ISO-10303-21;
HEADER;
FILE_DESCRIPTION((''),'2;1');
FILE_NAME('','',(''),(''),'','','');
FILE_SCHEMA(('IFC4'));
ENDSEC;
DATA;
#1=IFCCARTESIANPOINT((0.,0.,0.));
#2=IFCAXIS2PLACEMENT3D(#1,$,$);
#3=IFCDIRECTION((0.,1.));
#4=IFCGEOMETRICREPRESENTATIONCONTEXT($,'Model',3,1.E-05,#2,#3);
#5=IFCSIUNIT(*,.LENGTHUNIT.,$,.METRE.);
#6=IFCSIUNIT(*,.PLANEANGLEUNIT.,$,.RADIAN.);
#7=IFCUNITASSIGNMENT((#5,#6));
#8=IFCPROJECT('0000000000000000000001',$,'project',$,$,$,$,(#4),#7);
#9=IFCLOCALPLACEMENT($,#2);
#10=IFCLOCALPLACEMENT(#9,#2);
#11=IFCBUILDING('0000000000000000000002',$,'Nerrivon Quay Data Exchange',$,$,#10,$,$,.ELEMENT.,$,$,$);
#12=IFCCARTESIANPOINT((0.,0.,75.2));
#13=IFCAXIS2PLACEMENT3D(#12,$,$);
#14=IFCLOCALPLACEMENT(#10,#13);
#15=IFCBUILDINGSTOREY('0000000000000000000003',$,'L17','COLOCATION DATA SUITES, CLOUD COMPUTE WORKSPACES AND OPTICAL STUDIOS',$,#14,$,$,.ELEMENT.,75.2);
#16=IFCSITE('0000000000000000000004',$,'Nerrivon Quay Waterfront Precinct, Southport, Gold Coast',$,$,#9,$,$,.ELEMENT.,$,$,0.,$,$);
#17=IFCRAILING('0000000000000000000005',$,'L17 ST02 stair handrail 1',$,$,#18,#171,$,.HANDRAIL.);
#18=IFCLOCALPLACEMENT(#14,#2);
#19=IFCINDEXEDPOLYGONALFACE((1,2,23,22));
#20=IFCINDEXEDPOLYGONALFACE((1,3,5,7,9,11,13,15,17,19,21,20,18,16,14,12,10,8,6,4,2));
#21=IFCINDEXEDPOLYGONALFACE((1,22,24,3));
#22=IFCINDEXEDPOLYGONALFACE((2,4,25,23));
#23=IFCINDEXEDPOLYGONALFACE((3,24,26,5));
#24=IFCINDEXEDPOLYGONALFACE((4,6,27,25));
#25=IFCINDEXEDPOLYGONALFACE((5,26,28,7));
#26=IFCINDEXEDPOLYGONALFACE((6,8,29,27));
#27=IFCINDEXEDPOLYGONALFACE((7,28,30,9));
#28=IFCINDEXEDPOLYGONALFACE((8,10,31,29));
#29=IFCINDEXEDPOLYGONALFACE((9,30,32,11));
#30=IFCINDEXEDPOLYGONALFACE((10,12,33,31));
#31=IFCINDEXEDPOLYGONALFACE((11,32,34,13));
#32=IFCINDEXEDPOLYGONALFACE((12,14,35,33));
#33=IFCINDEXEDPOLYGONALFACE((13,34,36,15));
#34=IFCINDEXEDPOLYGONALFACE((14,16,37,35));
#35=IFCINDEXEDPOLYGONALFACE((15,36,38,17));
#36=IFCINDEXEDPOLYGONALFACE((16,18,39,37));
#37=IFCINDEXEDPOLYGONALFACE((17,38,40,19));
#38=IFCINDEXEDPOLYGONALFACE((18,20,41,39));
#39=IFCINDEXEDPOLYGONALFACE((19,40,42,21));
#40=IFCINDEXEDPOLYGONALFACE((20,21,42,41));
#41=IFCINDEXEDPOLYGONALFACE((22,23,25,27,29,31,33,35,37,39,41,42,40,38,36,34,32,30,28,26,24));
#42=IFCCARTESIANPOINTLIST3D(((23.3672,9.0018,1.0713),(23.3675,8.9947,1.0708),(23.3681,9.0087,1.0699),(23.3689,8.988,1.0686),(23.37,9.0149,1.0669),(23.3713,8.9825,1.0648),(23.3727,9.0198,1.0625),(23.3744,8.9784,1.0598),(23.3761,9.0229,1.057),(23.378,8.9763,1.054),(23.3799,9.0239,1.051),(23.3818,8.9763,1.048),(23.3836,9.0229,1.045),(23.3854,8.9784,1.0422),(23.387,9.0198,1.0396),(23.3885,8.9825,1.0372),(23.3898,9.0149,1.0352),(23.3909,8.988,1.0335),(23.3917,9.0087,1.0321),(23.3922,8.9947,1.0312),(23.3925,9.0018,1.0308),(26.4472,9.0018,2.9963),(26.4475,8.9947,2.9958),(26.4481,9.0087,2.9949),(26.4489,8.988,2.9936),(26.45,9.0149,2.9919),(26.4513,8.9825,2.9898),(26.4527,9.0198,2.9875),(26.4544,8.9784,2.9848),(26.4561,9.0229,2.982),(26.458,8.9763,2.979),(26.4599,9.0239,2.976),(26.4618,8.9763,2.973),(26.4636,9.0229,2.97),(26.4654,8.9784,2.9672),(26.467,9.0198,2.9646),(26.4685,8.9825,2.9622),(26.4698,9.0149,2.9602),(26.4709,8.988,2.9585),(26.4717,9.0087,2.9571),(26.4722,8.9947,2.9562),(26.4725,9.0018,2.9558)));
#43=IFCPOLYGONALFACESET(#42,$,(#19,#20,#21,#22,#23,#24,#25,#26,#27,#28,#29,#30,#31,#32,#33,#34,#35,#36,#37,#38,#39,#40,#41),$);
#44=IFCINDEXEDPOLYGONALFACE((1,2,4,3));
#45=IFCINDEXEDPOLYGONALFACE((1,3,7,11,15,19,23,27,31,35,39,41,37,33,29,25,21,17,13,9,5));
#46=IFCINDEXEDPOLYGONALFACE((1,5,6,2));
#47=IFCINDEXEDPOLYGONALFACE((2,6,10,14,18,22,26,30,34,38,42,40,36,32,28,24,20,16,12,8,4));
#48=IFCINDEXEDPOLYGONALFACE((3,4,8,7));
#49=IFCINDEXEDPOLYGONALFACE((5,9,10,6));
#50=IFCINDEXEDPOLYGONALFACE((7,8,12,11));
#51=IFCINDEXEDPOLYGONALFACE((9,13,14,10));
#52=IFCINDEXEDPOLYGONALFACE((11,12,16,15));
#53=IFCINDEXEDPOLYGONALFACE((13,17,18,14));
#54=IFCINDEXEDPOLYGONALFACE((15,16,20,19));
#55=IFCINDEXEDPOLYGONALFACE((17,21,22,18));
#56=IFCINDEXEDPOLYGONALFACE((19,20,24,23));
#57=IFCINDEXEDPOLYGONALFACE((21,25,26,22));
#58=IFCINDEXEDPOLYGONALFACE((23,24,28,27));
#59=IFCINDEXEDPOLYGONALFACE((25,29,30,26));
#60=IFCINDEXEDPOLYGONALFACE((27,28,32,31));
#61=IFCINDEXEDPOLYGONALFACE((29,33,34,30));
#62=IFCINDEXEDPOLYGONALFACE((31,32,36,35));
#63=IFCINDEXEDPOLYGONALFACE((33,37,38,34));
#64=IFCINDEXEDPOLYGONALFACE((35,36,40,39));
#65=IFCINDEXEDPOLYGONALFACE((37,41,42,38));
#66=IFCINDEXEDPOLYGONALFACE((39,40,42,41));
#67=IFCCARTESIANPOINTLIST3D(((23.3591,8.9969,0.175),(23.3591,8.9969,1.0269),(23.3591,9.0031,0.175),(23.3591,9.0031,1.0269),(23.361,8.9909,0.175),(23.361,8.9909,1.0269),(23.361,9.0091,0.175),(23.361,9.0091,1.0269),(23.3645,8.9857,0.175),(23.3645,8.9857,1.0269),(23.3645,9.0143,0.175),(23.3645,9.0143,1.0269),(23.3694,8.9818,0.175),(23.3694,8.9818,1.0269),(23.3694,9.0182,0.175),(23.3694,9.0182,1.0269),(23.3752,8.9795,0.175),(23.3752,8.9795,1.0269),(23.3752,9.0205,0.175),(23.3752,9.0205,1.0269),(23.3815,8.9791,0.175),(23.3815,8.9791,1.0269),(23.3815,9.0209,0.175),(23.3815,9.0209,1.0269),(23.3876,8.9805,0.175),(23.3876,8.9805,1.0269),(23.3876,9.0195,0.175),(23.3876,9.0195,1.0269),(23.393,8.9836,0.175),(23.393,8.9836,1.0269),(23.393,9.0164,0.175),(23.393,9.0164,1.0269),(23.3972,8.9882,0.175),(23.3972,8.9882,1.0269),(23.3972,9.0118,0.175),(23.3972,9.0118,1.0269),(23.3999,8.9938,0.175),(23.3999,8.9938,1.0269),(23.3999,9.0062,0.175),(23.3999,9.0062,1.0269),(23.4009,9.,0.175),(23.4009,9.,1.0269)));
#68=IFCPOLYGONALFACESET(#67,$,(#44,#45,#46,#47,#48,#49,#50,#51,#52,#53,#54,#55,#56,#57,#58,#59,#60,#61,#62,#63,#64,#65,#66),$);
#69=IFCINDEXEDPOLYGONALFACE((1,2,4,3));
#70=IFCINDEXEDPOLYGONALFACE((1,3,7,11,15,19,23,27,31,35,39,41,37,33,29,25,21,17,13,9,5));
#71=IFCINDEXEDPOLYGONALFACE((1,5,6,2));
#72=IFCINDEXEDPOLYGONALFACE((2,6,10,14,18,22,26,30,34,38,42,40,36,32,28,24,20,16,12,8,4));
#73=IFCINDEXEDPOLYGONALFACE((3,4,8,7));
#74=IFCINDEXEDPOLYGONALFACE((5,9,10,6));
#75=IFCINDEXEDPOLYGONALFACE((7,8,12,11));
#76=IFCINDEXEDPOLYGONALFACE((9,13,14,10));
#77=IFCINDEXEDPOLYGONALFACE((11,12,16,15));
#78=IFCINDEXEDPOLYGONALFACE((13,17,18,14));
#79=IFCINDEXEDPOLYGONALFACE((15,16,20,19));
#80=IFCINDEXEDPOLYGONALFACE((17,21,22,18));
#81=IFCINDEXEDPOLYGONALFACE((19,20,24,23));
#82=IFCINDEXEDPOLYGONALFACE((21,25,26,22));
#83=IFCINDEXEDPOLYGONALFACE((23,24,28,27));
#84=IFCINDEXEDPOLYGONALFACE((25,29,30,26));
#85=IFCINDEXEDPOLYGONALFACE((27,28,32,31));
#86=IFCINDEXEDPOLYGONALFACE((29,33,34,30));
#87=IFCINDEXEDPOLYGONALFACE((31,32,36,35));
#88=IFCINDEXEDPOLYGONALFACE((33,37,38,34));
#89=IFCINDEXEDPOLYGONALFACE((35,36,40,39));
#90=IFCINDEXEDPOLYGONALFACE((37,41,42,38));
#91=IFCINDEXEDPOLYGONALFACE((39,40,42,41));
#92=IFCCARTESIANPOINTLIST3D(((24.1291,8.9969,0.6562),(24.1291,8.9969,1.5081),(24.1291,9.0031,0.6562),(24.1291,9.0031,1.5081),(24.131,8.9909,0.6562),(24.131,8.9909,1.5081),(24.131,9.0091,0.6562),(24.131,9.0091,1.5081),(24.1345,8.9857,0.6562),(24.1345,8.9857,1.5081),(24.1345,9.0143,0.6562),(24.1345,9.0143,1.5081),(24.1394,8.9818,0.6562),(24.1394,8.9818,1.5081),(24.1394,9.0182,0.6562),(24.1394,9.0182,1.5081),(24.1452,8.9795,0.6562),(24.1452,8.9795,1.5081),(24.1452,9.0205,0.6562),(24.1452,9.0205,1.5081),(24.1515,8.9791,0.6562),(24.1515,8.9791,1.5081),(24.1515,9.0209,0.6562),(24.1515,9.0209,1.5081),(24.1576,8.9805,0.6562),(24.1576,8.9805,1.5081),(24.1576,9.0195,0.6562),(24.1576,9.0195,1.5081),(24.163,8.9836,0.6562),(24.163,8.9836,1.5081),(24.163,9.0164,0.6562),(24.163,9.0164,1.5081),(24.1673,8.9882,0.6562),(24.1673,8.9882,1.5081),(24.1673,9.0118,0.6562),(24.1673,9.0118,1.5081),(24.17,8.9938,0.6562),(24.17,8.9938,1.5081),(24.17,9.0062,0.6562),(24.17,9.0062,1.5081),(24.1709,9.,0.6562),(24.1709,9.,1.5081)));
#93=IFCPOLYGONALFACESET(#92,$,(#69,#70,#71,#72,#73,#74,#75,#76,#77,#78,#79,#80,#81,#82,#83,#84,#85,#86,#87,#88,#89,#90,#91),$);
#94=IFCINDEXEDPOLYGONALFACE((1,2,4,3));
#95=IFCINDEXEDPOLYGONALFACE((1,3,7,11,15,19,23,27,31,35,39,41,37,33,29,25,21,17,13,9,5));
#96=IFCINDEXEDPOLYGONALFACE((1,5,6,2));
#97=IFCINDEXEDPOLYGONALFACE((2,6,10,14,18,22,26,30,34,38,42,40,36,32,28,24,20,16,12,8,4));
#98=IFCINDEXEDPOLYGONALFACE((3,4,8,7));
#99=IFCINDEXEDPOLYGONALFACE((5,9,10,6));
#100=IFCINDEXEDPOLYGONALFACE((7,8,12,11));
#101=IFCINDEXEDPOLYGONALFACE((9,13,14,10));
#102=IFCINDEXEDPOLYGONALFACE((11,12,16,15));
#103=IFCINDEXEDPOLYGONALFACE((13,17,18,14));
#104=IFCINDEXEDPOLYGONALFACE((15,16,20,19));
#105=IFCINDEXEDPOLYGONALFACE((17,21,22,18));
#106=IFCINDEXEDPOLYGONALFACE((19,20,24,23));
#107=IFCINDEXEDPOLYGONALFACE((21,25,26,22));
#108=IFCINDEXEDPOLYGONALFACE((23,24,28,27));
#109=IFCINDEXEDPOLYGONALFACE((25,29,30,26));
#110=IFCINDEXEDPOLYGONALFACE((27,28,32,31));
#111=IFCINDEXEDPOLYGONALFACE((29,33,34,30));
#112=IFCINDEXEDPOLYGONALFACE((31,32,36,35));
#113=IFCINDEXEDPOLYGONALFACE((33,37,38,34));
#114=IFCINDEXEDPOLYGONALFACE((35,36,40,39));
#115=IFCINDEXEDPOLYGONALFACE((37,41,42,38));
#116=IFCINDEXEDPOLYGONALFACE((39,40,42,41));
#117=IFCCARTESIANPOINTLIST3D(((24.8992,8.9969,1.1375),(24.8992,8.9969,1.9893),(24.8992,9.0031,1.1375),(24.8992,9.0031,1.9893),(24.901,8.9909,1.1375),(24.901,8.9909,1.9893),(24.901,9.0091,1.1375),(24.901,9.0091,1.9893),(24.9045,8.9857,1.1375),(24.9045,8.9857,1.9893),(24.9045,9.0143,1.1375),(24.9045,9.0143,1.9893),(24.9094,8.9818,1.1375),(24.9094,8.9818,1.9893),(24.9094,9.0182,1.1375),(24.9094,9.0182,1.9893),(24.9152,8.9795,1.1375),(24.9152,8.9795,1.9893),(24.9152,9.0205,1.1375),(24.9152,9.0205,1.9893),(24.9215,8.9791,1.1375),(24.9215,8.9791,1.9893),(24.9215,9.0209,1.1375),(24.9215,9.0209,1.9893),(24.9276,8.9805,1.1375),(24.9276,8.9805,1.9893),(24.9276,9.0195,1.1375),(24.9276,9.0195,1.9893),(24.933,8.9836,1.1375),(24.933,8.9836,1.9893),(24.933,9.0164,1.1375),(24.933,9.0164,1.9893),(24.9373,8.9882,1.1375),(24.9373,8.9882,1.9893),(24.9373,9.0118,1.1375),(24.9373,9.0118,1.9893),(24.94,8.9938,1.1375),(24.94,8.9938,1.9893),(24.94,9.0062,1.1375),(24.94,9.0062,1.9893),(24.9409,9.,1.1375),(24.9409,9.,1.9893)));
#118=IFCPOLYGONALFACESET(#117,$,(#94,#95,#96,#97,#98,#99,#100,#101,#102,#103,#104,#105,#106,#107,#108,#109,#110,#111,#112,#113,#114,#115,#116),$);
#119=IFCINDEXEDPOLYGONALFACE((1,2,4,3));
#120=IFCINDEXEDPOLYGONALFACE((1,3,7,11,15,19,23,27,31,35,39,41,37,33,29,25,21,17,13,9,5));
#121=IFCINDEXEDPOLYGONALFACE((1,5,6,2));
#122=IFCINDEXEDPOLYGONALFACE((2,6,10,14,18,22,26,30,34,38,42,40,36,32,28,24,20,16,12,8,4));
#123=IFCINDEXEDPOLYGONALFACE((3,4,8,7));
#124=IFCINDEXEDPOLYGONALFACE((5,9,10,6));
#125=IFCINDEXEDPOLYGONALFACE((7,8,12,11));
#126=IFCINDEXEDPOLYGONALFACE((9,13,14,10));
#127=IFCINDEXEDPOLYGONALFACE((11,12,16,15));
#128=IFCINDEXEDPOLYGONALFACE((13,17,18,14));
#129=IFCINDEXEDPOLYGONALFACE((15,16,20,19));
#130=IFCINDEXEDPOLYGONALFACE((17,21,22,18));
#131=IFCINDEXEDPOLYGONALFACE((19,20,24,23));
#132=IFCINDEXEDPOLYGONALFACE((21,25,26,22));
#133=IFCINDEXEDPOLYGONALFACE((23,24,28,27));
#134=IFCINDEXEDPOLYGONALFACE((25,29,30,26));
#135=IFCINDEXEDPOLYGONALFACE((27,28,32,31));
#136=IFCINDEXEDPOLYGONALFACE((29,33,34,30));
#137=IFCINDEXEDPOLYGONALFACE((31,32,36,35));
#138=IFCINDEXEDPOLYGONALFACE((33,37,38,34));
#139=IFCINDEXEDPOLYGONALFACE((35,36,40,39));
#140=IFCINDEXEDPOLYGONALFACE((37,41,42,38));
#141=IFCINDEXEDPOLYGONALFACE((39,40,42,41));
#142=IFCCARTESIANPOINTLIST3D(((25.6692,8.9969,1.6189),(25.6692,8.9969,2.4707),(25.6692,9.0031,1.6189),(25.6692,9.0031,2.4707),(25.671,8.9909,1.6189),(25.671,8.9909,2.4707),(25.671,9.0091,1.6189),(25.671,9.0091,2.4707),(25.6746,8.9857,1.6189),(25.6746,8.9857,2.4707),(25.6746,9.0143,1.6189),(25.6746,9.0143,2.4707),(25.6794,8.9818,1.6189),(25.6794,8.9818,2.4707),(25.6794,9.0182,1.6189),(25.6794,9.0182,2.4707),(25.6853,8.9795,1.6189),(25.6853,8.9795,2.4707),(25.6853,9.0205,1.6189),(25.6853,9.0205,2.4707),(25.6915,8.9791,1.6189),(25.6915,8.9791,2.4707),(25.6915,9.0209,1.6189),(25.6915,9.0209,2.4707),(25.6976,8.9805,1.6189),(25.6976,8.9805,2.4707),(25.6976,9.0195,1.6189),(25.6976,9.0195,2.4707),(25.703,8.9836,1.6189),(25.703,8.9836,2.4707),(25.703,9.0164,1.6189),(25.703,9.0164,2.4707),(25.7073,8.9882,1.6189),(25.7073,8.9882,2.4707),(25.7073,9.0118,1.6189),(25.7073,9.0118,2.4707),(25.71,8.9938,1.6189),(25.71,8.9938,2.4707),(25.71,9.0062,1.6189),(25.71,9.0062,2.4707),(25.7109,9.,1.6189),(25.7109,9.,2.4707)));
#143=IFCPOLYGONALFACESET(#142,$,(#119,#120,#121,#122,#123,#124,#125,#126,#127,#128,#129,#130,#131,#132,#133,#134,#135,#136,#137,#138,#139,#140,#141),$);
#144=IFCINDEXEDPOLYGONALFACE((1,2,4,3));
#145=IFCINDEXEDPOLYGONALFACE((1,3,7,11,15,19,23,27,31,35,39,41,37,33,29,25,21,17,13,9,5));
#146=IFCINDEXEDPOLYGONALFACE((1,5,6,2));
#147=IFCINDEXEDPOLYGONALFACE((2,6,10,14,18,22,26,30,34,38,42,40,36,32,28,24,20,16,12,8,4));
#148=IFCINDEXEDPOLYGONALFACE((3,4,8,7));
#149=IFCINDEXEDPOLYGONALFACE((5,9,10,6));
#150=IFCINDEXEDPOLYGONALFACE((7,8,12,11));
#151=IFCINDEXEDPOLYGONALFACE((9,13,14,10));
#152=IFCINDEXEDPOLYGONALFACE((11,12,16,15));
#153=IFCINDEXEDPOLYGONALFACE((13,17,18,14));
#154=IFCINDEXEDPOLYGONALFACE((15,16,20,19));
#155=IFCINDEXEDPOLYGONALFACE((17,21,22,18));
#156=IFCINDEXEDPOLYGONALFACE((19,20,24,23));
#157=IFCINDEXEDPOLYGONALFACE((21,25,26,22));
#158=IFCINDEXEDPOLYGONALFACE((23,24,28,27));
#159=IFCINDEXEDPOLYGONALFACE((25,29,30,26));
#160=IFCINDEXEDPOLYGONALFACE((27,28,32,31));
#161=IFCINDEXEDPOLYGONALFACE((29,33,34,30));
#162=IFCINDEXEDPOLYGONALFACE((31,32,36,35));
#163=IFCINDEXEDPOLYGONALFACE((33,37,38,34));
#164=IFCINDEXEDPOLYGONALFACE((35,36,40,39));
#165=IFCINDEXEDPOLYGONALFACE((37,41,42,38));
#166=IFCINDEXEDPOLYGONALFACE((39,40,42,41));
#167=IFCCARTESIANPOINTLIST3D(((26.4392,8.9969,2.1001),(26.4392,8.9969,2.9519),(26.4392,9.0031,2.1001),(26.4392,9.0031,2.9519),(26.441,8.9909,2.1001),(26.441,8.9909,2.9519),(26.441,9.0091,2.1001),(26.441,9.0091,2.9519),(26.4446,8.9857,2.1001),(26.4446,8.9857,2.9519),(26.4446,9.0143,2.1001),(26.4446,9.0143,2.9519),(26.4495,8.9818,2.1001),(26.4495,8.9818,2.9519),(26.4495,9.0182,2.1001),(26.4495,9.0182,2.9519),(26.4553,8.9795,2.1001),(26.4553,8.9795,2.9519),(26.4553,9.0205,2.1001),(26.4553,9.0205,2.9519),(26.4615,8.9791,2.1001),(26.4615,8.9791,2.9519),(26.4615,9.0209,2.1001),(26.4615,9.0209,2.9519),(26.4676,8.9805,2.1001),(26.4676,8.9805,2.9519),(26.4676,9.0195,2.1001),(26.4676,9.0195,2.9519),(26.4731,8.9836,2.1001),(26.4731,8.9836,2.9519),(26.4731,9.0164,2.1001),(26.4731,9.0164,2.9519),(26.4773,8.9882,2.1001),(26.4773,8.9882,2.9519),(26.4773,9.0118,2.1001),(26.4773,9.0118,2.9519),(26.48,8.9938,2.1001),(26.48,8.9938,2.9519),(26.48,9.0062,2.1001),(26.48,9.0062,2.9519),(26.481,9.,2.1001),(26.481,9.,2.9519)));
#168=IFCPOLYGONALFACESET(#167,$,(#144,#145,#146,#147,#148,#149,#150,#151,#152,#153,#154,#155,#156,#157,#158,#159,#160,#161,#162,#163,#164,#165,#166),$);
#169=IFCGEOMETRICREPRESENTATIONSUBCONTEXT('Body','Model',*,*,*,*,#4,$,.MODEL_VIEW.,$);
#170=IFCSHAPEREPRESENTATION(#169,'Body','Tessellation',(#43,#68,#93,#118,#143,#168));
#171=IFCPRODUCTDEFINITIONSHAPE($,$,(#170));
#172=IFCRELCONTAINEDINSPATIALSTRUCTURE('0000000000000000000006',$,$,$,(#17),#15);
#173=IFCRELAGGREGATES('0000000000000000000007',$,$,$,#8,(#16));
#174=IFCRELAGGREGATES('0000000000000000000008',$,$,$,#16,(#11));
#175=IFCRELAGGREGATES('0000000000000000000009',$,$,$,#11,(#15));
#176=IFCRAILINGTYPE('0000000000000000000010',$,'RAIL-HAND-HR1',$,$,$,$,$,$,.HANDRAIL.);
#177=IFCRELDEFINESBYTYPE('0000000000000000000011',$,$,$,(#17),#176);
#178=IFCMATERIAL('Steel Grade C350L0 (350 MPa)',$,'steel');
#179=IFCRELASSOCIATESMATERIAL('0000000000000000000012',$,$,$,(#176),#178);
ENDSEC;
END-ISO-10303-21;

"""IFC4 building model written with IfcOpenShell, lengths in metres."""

from ifc_helpers import new_model, si_unit, direction, frame, origin, origin_2d, place, context, subcontext, project, spatial, circle, extrude, material, type_object, element, save


model = new_model("IFC4")

# Units and contexts
model_context = context("Model", 3, precision=1e-05, world=origin(), true_north=direction((0.0, 1.0)))
body_context = subcontext(model_context, "Body", "Model", "MODEL_VIEW")
ifc_project = project(units=[si_unit("LENGTHUNIT", "METRE"), si_unit("PLANEANGLEUNIT", "RADIAN")], contexts=[model_context])

# Site, building, storey
site_placement = place(None, origin())
site = spatial("IfcSite", under=ifc_project, at=site_placement, Name="Nerrivon Quay Waterfront Precinct, Southport, Gold Coast", CompositionType="ELEMENT", RefElevation=0.0)
building_placement = place(site_placement, origin())
building = spatial("IfcBuilding", under=site, at=building_placement, Name="Nerrivon Quay Data Exchange", CompositionType="ELEMENT")
storey_placement = place(building_placement, frame((0.0, 0.0, 75.2)))
storey = spatial("IfcBuildingStorey", under=building, at=storey_placement, Name="L17", Description="COLOCATION DATA SUITES, CLOUD COMPUTE WORKSPACES AND OPTICAL STUDIOS", CompositionType="ELEMENT", Elevation=75.2)

# Railing
ifc_material_1 = material(Name="Steel Grade C350L0 (350 MPa)", Category="steel")
railing_type_1 = type_object("IfcRailingType", Name="RAIL-HAND-HR1", PredefinedType="HANDRAIL", material=ifc_material_1)
railing_1_placement = place(storey_placement, frame((23.3799, 9.0, 0.175)))
element("IfcRailing", 1, at=railing_1_placement, inside=storey, type_object=railing_type_1, Name="L17 ST02 stair handrail 1", PredefinedType="HANDRAIL", context=body_context, shape_type="SweptSolid", body=[
    extrude(circle(Radius=0.0239, at=origin_2d()), frame((0.0, 0.0, 0.876), z_axis=(0.847998, 0.0, 0.529999), x_axis=(0.0, 1.0, 0.0)), (0.0, 0.0, 1.0), 3.6321),
    extrude(circle(Radius=0.021, at=origin_2d()), origin(), (0.0, 0.0, 1.0), 0.8518),
    extrude(circle(Radius=0.021, at=origin_2d()), frame((0.77, 0.0, 0.4812)), (0.0, 0.0, 1.0), 0.8518),
    extrude(circle(Radius=0.021, at=origin_2d()), frame((1.54, 0.0, 0.9624)), (0.0, 0.0, 1.0), 0.8518),
    extrude(circle(Radius=0.021, at=origin_2d()), frame((2.3101, 0.0, 1.4438)), (0.0, 0.0, 1.0), 0.8518),
    extrude(circle(Radius=0.021, at=origin_2d()), frame((3.0801, 0.0, 1.925)), (0.0, 0.0, 1.0), 0.8518),
])

save(model, "model.ifc")
